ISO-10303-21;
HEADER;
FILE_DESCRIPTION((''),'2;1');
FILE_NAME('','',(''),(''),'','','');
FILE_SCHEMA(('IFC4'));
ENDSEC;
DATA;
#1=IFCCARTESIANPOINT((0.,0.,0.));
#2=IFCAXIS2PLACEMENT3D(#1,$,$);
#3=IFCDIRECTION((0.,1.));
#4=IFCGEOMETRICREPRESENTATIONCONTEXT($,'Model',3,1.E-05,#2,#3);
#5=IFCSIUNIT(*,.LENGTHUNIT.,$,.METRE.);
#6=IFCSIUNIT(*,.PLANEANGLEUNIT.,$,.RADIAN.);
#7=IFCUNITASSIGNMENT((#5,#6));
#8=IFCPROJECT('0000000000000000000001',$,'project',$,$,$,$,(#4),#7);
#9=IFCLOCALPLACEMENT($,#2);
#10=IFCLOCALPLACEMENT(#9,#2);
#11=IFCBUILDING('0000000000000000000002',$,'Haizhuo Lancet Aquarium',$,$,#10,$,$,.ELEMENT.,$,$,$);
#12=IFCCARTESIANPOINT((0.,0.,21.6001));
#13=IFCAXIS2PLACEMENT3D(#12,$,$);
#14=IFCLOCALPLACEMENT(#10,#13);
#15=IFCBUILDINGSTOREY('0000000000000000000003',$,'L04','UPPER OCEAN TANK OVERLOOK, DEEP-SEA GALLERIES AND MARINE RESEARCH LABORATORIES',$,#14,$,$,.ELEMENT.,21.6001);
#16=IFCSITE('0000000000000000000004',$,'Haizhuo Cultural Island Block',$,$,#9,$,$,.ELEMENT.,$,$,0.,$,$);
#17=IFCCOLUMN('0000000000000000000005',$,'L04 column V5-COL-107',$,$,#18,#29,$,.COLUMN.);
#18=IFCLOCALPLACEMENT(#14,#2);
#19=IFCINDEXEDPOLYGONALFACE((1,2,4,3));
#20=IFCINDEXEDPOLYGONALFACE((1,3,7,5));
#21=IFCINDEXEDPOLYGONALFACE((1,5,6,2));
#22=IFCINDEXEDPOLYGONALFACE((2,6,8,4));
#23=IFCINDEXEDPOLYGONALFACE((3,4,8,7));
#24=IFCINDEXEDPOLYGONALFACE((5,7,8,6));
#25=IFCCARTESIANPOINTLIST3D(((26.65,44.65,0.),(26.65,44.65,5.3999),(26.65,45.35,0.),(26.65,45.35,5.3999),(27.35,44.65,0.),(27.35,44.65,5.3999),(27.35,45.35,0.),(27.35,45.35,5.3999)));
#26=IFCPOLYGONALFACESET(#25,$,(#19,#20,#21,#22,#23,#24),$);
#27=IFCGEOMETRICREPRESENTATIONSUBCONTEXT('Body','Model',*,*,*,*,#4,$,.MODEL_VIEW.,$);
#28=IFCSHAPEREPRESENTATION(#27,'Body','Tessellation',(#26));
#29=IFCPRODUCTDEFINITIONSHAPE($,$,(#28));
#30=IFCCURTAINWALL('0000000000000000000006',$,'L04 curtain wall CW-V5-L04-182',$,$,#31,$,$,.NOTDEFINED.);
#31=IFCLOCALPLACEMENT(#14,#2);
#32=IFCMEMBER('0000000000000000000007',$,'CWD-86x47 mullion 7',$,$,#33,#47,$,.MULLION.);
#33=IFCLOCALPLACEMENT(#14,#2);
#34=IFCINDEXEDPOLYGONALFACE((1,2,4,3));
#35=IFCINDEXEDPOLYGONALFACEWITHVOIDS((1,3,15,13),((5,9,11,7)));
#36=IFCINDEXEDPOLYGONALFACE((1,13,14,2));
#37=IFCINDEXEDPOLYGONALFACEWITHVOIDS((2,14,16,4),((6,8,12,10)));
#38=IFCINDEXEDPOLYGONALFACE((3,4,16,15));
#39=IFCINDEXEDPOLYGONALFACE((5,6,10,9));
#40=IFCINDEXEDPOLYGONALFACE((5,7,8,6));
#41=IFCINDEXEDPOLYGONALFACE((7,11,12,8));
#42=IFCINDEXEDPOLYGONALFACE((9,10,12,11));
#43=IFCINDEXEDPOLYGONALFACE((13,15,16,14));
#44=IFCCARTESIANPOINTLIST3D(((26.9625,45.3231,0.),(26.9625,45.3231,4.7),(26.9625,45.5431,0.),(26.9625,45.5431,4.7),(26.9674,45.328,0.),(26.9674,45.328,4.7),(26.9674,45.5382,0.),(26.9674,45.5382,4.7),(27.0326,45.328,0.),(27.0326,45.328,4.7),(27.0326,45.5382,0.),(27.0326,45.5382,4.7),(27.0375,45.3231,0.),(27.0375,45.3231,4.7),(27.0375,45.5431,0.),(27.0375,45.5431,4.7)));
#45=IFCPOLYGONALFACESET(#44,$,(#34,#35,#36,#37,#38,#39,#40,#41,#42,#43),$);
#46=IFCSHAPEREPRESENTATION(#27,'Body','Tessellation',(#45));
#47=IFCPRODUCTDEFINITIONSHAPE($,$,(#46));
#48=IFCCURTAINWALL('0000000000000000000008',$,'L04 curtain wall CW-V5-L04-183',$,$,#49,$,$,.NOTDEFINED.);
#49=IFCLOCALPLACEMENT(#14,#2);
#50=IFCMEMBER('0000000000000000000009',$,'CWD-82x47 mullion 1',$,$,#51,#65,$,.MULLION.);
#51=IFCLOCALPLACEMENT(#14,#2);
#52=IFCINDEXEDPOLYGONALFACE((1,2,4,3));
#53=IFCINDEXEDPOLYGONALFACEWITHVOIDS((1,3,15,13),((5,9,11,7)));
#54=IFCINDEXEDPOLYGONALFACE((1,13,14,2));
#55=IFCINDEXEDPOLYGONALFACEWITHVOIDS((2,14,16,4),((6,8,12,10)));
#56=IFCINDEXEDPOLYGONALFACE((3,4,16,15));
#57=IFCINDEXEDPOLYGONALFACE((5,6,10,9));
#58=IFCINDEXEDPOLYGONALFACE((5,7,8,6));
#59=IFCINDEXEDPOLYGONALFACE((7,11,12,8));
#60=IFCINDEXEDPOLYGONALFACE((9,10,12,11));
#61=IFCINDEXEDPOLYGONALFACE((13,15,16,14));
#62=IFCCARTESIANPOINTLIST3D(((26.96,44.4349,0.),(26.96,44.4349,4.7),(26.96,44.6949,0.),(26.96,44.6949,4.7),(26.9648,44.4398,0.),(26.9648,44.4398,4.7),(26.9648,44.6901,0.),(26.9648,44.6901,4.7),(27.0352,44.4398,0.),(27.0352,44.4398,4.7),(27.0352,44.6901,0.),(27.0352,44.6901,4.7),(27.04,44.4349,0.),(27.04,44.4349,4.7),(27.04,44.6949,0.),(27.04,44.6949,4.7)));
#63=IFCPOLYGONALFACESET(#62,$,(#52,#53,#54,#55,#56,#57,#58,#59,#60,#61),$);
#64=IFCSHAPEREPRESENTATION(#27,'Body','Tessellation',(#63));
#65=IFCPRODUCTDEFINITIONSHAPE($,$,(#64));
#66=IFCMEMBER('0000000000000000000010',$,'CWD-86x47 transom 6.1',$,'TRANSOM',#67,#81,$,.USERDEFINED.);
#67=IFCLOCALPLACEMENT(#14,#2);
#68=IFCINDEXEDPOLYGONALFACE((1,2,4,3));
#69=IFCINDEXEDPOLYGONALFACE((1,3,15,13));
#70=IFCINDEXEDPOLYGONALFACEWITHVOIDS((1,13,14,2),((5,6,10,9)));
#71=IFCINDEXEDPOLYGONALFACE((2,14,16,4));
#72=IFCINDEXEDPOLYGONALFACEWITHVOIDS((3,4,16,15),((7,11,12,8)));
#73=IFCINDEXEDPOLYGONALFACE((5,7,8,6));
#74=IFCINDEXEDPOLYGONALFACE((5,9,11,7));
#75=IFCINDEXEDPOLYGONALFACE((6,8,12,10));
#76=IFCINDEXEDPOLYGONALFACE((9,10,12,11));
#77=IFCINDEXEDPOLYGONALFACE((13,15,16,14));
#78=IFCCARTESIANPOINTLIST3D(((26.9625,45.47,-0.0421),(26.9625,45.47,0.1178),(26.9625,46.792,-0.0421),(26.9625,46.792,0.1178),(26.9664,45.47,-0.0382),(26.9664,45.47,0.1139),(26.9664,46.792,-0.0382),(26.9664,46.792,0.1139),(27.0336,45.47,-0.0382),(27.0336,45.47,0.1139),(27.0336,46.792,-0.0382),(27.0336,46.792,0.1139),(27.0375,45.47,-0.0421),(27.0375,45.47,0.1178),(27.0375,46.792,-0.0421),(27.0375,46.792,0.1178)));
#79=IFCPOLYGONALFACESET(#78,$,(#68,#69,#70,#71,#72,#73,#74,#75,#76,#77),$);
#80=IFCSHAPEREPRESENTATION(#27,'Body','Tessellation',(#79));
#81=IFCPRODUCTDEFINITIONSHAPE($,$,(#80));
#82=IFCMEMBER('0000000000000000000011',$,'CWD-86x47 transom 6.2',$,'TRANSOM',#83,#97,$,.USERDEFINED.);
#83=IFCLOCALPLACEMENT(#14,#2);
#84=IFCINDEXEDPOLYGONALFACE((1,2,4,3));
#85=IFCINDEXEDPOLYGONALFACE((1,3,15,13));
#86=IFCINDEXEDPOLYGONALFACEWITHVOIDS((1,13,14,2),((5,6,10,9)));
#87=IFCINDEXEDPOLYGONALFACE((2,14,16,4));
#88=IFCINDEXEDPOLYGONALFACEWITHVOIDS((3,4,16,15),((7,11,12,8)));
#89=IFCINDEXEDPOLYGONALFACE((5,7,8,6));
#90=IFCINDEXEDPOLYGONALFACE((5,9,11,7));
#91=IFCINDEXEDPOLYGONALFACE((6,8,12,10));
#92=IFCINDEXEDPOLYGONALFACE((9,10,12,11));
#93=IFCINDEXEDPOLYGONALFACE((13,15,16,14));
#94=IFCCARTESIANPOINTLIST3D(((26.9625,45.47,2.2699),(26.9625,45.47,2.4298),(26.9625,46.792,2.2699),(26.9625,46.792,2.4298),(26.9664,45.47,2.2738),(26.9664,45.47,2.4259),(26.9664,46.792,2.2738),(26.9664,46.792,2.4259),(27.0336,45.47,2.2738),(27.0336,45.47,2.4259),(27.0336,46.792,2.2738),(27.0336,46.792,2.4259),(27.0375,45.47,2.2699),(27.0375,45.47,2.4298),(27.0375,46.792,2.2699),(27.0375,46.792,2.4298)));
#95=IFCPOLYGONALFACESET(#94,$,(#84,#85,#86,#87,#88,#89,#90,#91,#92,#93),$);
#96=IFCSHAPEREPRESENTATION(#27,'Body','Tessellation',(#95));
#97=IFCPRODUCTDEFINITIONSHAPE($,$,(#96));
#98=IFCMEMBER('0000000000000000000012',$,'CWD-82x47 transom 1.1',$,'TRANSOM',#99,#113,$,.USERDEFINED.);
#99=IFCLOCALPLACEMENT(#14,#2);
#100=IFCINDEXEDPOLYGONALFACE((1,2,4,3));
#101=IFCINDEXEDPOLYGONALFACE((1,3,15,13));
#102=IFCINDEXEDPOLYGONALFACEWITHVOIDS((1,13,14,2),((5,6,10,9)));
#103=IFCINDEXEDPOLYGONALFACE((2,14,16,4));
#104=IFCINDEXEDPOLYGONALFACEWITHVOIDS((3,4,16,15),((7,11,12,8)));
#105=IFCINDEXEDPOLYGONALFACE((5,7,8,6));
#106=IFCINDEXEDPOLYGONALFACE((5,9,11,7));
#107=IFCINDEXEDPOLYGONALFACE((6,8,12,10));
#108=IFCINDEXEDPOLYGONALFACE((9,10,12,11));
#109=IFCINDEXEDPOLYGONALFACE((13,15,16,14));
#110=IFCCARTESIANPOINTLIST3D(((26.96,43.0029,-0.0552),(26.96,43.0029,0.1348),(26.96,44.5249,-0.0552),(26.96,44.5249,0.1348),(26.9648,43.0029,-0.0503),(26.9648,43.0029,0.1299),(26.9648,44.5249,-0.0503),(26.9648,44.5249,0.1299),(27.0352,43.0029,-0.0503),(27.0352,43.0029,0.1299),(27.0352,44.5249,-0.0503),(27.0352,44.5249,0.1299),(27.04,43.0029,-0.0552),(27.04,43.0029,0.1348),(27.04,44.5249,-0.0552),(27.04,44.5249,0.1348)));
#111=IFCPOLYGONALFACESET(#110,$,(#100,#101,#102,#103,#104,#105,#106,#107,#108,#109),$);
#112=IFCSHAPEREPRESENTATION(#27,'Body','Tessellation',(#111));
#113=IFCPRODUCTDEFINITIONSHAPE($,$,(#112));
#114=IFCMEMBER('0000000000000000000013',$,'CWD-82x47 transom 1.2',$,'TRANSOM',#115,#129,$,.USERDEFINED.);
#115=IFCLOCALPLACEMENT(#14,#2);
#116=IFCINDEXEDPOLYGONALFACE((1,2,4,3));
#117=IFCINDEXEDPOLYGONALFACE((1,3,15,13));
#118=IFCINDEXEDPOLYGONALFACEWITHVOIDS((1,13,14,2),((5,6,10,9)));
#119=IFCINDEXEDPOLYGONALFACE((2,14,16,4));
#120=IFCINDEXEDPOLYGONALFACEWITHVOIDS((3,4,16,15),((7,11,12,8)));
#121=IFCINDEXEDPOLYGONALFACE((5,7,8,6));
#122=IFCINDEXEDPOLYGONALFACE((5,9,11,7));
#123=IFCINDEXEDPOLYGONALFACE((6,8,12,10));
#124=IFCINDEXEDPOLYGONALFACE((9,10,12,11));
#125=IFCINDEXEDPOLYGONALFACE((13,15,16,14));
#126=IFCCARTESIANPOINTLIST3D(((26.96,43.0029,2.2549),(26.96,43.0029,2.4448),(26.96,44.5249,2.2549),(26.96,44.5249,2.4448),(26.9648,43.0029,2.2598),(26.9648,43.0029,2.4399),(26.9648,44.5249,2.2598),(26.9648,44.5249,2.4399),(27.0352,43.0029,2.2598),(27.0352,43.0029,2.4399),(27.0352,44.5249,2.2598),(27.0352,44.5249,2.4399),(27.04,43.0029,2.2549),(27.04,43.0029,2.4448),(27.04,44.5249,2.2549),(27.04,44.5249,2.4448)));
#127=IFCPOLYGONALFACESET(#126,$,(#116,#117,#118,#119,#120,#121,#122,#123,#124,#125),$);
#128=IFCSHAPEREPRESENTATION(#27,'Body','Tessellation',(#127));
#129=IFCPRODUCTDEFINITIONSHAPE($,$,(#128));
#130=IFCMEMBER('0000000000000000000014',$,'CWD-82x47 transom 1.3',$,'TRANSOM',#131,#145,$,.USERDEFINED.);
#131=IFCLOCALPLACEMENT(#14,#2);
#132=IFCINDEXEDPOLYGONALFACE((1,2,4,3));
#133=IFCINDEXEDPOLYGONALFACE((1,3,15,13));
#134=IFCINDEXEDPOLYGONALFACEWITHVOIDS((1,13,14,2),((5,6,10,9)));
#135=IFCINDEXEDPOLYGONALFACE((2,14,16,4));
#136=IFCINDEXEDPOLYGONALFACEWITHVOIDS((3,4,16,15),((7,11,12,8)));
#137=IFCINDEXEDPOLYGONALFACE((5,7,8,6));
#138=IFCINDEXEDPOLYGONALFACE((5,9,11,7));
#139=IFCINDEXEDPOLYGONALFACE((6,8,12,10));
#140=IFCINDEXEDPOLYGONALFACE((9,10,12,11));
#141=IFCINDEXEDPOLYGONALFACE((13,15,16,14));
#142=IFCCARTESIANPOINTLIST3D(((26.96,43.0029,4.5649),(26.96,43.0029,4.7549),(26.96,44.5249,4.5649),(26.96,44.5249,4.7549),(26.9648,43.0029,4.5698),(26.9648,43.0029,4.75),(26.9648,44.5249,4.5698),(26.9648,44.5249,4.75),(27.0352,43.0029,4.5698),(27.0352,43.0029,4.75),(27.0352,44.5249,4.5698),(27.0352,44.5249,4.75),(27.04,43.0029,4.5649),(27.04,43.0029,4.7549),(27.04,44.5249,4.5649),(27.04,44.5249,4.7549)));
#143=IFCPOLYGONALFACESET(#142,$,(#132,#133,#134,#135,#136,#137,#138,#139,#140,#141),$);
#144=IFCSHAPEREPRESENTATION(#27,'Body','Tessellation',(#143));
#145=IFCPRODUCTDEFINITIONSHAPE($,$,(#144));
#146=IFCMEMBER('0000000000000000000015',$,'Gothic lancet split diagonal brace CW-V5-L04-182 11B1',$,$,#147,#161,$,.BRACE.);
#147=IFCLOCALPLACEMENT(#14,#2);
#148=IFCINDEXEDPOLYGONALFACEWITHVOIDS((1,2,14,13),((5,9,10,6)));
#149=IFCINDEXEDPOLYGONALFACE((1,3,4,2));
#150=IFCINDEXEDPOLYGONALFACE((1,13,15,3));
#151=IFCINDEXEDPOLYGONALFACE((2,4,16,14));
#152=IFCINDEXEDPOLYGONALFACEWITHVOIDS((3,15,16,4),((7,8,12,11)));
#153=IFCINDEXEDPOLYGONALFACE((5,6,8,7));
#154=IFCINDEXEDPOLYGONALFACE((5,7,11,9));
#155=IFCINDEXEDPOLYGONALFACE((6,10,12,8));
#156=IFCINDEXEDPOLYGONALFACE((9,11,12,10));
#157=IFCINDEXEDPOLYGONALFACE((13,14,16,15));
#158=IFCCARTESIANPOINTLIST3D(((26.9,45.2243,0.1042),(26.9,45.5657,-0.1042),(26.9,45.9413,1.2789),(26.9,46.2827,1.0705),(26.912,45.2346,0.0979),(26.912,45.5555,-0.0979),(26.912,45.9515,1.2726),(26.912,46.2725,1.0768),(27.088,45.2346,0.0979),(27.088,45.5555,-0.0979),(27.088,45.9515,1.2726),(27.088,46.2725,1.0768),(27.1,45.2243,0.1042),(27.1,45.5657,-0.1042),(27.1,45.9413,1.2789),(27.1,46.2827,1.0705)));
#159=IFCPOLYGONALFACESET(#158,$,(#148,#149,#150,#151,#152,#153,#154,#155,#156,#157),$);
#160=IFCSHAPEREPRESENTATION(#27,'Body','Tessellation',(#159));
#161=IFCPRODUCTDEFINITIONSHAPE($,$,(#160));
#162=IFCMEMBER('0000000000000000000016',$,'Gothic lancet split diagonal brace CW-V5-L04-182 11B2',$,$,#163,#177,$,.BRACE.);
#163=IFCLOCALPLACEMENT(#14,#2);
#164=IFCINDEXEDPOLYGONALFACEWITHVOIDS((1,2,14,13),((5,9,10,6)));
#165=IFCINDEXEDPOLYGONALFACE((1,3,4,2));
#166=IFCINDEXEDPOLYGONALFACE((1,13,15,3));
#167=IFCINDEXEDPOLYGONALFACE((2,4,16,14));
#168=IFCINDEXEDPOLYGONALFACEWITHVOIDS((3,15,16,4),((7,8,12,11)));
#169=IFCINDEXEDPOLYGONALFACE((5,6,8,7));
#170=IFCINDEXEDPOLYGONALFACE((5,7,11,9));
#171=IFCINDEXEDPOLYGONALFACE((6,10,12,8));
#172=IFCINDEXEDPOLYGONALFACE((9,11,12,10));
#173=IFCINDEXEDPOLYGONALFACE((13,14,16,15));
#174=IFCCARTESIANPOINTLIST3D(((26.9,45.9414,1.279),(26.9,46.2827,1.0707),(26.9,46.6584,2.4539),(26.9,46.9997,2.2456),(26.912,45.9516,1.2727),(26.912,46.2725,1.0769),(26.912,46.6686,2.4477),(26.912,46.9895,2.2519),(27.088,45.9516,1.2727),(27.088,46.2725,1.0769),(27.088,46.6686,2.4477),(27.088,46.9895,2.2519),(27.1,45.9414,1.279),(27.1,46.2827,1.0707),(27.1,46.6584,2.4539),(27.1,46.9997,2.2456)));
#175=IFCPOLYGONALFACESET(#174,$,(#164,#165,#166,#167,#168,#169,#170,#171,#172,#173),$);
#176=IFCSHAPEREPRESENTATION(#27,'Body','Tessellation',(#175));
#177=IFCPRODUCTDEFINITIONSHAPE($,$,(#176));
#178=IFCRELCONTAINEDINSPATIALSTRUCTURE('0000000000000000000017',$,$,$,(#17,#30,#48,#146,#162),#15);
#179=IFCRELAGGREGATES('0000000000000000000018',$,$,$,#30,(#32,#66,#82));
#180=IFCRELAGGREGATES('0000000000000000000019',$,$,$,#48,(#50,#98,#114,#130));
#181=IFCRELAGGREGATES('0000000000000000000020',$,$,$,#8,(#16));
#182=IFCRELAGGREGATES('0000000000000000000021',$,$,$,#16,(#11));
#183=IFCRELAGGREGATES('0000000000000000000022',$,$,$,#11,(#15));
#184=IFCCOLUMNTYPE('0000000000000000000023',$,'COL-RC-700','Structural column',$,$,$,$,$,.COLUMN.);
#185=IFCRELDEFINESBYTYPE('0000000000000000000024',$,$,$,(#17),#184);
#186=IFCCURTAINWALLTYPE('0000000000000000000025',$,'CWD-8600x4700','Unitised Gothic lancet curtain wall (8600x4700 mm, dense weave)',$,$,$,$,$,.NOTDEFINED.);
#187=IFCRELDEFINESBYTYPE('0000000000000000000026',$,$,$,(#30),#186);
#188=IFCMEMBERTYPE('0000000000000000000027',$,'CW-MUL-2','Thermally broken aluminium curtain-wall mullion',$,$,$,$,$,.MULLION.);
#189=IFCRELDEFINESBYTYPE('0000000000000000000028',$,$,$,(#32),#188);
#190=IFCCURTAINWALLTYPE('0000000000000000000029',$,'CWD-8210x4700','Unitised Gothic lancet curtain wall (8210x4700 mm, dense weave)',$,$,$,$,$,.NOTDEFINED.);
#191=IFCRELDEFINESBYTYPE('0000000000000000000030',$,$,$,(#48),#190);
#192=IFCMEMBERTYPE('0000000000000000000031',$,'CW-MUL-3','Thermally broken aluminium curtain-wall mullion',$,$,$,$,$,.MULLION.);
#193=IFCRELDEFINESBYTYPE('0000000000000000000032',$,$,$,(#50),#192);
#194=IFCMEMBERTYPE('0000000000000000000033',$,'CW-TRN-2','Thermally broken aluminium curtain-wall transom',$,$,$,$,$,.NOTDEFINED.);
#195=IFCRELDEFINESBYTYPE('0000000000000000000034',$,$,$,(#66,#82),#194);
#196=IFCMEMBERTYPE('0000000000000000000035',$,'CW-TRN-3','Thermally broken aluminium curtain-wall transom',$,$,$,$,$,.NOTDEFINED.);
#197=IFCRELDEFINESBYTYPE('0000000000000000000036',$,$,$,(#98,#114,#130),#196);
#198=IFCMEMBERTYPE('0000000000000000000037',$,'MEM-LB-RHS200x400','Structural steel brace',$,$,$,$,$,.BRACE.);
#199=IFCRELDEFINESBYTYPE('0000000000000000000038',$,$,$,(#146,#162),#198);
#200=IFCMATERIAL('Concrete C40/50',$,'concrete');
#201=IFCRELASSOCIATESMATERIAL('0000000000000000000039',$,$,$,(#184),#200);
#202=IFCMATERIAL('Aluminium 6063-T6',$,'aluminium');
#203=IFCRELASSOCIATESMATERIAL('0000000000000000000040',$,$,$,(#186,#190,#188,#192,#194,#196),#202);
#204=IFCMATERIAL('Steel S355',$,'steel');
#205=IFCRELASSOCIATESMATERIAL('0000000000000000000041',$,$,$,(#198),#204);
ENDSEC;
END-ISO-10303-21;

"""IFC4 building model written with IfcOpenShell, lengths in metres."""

from ifc_helpers import new_model, si_unit, direction, frame, origin, origin_2d, place, context, subcontext, project, spatial, rectangle, hollow_rectangle, extrude, material, material_profile, profile_set, type_object, element, aggregate, save


model = new_model("IFC4")

# Units and contexts
model_context = context("Model", 3, precision=1e-05, world=origin(), true_north=direction((0.0, 1.0)))
body_context = subcontext(model_context, "Body", "Model", "MODEL_VIEW")
ifc_project = project(units=[si_unit("LENGTHUNIT", "METRE"), si_unit("PLANEANGLEUNIT", "RADIAN")], contexts=[model_context])

# Site, building, storey
site_placement = place(None, origin())
site = spatial("IfcSite", under=ifc_project, at=site_placement, Name="Haizhuo Cultural Island Block", CompositionType="ELEMENT", RefElevation=0.0)
building_placement = place(site_placement, origin())
building = spatial("IfcBuilding", under=site, at=building_placement, Name="Haizhuo Lancet Aquarium", CompositionType="ELEMENT")
storey_placement = place(building_placement, frame((0.0, 0.0, 21.6001)))
storey = spatial("IfcBuildingStorey", under=building, at=storey_placement, Name="L04", Description="UPPER OCEAN TANK OVERLOOK, DEEP-SEA GALLERIES AND MARINE RESEARCH LABORATORIES", CompositionType="ELEMENT", Elevation=21.6001)

# Column
ifc_material_1 = material(Name="Concrete C40/50", Category="concrete")
ifc_material_profile_1 = material_profile(ifc_material_1, rectangle(XDim=0.7, YDim=0.7, at=origin_2d()), Name="RC-COL 700x700")
ifc_profile_set_1 = profile_set([ifc_material_profile_1], Name="Concrete C40/50")
column_type = type_object("IfcColumnType", Name="COL-RC-700", Description="Structural column", PredefinedType="COLUMN", material=ifc_profile_set_1)
column_placement = place(storey_placement, frame((27.0, 45.0, 0.0), z_axis=(0.0, 0.0, 1.0), x_axis=(1.0, 0.0, 0.0)))
element("IfcColumn", 1, at=column_placement, inside=storey, type_object=column_type, Name="L04 column V5-COL-107", PredefinedType="COLUMN", context=body_context, shape_type="SweptSolid", body=[
    extrude(rectangle(XDim=0.7, YDim=0.7, at=origin_2d()), origin(), (0.0, 0.0, 1.0), 5.3999),
])

# Curtain walls, members
ifc_material_2 = material(Name="Aluminium 6063-T6", Category="aluminium")
curtain_wall_type_1 = type_object("IfcCurtainWallType", Name="CWD-8600x4700", Description="Unitised Gothic lancet curtain wall (8600x4700 mm, dense weave)", PredefinedType="NOTDEFINED", material=ifc_material_2)
curtain_wall_1_placement = place(storey_placement, origin())
curtain_wall_1 = element("IfcCurtainWall", 2, at=curtain_wall_1_placement, inside=storey, type_object=curtain_wall_type_1, Name="L04 curtain wall CW-V5-L04-182", PredefinedType="NOTDEFINED")
ifc_material_profile_2 = material_profile(ifc_material_2, hollow_rectangle(XDim=0.075, YDim=0.22, WallThickness=0.0049, at=origin_2d()), Name="ALU-M 75x220x5")
ifc_profile_set_2 = profile_set([ifc_material_profile_2], Name="Aluminium 6063-T6")
member_type_1 = type_object("IfcMemberType", Name="CW-MUL-2", Description="Thermally broken aluminium curtain-wall mullion", PredefinedType="MULLION", material=ifc_profile_set_2)
member_1_placement = place(storey_placement, frame((27.0, 45.4331, 0.0), z_axis=(0.0, 0.0, 1.0), x_axis=(1.0, 0.0, 0.0)))
member_1 = element("IfcMember", 3, at=member_1_placement, type_object=member_type_1, Name="CWD-86x47 mullion 7", PredefinedType="MULLION", context=body_context, shape_type="SweptSolid", body=[
    extrude(hollow_rectangle(XDim=0.075, YDim=0.22, WallThickness=0.0049, at=origin_2d()), origin(), (0.0, 0.0, 1.0), 4.7),
])
curtain_wall_type_2 = type_object("IfcCurtainWallType", Name="CWD-8210x4700", Description="Unitised Gothic lancet curtain wall (8210x4700 mm, dense weave)", PredefinedType="NOTDEFINED", material=ifc_material_2)
curtain_wall_2_placement = place(storey_placement, origin())
curtain_wall_2 = element("IfcCurtainWall", 4, at=curtain_wall_2_placement, inside=storey, type_object=curtain_wall_type_2, Name="L04 curtain wall CW-V5-L04-183", PredefinedType="NOTDEFINED")
ifc_material_profile_3 = material_profile(ifc_material_2, hollow_rectangle(XDim=0.0801, YDim=0.26, WallThickness=0.0049, at=origin_2d()), Name="ALU-M 80x260x5")
ifc_profile_set_3 = profile_set([ifc_material_profile_3], Name="Aluminium 6063-T6")
member_type_2 = type_object("IfcMemberType", Name="CW-MUL-3", Description="Thermally broken aluminium curtain-wall mullion", PredefinedType="MULLION", material=ifc_profile_set_3)
member_2_placement = place(storey_placement, frame((27.0, 44.5649, 0.0), z_axis=(0.0, 0.0, 1.0), x_axis=(1.0, 0.0, 0.0)))
member_2 = element("IfcMember", 5, at=member_2_placement, type_object=member_type_2, Name="CWD-82x47 mullion 1", PredefinedType="MULLION", context=body_context, shape_type="SweptSolid", body=[
    extrude(hollow_rectangle(XDim=0.0801, YDim=0.26, WallThickness=0.0049, at=origin_2d()), origin(), (0.0, 0.0, 1.0), 4.7),
])

# Members
ifc_material_profile_4 = material_profile(ifc_material_2, hollow_rectangle(XDim=0.075, YDim=0.1599, WallThickness=0.0039, at=origin_2d()), Name="ALU-T 75x160x4")
ifc_profile_set_4 = profile_set([ifc_material_profile_4], Name="Aluminium 6063-T6")
member_type_3 = type_object("IfcMemberType", Name="CW-TRN-2", Description="Thermally broken aluminium curtain-wall transom", PredefinedType="NOTDEFINED", material=ifc_profile_set_4)
member_3_placement = place(storey_placement, frame((27.0, 46.792, 0.0378), z_axis=(0.0, -1.0, 0.0), x_axis=(1.0, 0.0, 0.0)))
member_3 = element("IfcMember", 6, at=member_3_placement, type_object=member_type_3, Name="CWD-86x47 transom 6.1", ObjectType="TRANSOM", PredefinedType="USERDEFINED", context=body_context, shape_type="SweptSolid", body=[
    extrude(hollow_rectangle(XDim=0.075, YDim=0.1599, WallThickness=0.0039, at=origin_2d()), origin(), (0.0, 0.0, 1.0), 1.322),
])
member_4_placement = place(storey_placement, frame((27.0, 46.792, 2.3499), z_axis=(0.0, -1.0, 0.0), x_axis=(1.0, 0.0, 0.0)))
member_4 = element("IfcMember", 7, at=member_4_placement, type_object=member_type_3, Name="CWD-86x47 transom 6.2", ObjectType="TRANSOM", PredefinedType="USERDEFINED", context=body_context, shape_type="SweptSolid", body=[
    extrude(hollow_rectangle(XDim=0.075, YDim=0.1599, WallThickness=0.0039, at=origin_2d()), origin(), (0.0, 0.0, 1.0), 1.322),
])
ifc_material_profile_5 = material_profile(ifc_material_2, hollow_rectangle(XDim=0.0801, YDim=0.1899, WallThickness=0.0049, at=origin_2d()), Name="ALU-T 80x190x5")
ifc_profile_set_5 = profile_set([ifc_material_profile_5], Name="Aluminium 6063-T6")
member_type_4 = type_object("IfcMemberType", Name="CW-TRN-3", Description="Thermally broken aluminium curtain-wall transom", PredefinedType="NOTDEFINED", material=ifc_profile_set_5)
member_5_placement = place(storey_placement, frame((27.0, 44.5249, 0.0398), z_axis=(0.0, -1.0, 0.0), x_axis=(1.0, 0.0, 0.0)))
member_5 = element("IfcMember", 8, at=member_5_placement, type_object=member_type_4, Name="CWD-82x47 transom 1.1", ObjectType="TRANSOM", PredefinedType="USERDEFINED", context=body_context, shape_type="SweptSolid", body=[
    extrude(hollow_rectangle(XDim=0.0801, YDim=0.1899, WallThickness=0.0049, at=origin_2d()), origin(), (0.0, 0.0, 1.0), 1.522),
])
member_6_placement = place(storey_placement, frame((27.0, 44.5249, 2.3499), z_axis=(0.0, -1.0, 0.0), x_axis=(1.0, 0.0, 0.0)))
member_6 = element("IfcMember", 9, at=member_6_placement, type_object=member_type_4, Name="CWD-82x47 transom 1.2", ObjectType="TRANSOM", PredefinedType="USERDEFINED", context=body_context, shape_type="SweptSolid", body=[
    extrude(hollow_rectangle(XDim=0.0801, YDim=0.1899, WallThickness=0.0049, at=origin_2d()), origin(), (0.0, 0.0, 1.0), 1.522),
])
member_7_placement = place(storey_placement, frame((27.0, 44.5249, 4.6599), z_axis=(0.0, -1.0, 0.0), x_axis=(1.0, 0.0, 0.0)))
member_7 = element("IfcMember", 10, at=member_7_placement, type_object=member_type_4, Name="CWD-82x47 transom 1.3", ObjectType="TRANSOM", PredefinedType="USERDEFINED", context=body_context, shape_type="SweptSolid", body=[
    extrude(hollow_rectangle(XDim=0.0801, YDim=0.1899, WallThickness=0.0049, at=origin_2d()), origin(), (0.0, 0.0, 1.0), 1.522),
])

# Members
ifc_material_3 = material(Name="Steel S355", Category="steel")
ifc_material_profile_6 = material_profile(ifc_material_3, hollow_rectangle(XDim=0.2, YDim=0.3999, WallThickness=0.012, at=origin_2d()), Name="RHS 200x400x12")
ifc_profile_set_6 = profile_set([ifc_material_profile_6], Name="Steel S355")
member_type_5 = type_object("IfcMemberType", Name="MEM-LB-RHS200x400", Description="Structural steel brace", PredefinedType="BRACE", material=ifc_profile_set_6)
member_8_placement = place(storey_placement, frame((27.0, 45.395, 0.0), z_axis=(0.0, 0.520976, 0.853571), x_axis=(-1.0, 0.0, 0.0)))
element("IfcMember", 11, at=member_8_placement, inside=storey, type_object=member_type_5, Name="Gothic lancet split diagonal brace CW-V5-L04-182 11B1", PredefinedType="BRACE", context=body_context, shape_type="SweptSolid", body=[
    extrude(hollow_rectangle(XDim=0.2, YDim=0.3999, WallThickness=0.012, at=origin_2d()), origin(), (0.0, 0.0, 1.0), 1.3762),
])
for number, where, z_axis, x_axis, name in (
    (12, (27.0, 46.1121, 1.1748), (0.0, 0.520898, 0.853619), (-1.0, 0.0, 0.0), "Gothic lancet split diagonal brace CW-V5-L04-182 11B2"),
):
    element("IfcMember", number, at=place(storey_placement, frame(where, z_axis=z_axis, x_axis=x_axis)), inside=storey, type_object=member_type_5, Name=name, PredefinedType="BRACE", context=body_context, shape_type="SweptSolid", body=[
        extrude(hollow_rectangle(XDim=0.2, YDim=0.3999, WallThickness=0.012, at=origin_2d()), origin(), (0.0, 0.0, 1.0), 1.3765),
    ])

aggregate(curtain_wall_1, [member_1, member_3, member_4])
aggregate(curtain_wall_2, [member_2, member_5, member_6, member_7])

save(model, "model.ifc")
